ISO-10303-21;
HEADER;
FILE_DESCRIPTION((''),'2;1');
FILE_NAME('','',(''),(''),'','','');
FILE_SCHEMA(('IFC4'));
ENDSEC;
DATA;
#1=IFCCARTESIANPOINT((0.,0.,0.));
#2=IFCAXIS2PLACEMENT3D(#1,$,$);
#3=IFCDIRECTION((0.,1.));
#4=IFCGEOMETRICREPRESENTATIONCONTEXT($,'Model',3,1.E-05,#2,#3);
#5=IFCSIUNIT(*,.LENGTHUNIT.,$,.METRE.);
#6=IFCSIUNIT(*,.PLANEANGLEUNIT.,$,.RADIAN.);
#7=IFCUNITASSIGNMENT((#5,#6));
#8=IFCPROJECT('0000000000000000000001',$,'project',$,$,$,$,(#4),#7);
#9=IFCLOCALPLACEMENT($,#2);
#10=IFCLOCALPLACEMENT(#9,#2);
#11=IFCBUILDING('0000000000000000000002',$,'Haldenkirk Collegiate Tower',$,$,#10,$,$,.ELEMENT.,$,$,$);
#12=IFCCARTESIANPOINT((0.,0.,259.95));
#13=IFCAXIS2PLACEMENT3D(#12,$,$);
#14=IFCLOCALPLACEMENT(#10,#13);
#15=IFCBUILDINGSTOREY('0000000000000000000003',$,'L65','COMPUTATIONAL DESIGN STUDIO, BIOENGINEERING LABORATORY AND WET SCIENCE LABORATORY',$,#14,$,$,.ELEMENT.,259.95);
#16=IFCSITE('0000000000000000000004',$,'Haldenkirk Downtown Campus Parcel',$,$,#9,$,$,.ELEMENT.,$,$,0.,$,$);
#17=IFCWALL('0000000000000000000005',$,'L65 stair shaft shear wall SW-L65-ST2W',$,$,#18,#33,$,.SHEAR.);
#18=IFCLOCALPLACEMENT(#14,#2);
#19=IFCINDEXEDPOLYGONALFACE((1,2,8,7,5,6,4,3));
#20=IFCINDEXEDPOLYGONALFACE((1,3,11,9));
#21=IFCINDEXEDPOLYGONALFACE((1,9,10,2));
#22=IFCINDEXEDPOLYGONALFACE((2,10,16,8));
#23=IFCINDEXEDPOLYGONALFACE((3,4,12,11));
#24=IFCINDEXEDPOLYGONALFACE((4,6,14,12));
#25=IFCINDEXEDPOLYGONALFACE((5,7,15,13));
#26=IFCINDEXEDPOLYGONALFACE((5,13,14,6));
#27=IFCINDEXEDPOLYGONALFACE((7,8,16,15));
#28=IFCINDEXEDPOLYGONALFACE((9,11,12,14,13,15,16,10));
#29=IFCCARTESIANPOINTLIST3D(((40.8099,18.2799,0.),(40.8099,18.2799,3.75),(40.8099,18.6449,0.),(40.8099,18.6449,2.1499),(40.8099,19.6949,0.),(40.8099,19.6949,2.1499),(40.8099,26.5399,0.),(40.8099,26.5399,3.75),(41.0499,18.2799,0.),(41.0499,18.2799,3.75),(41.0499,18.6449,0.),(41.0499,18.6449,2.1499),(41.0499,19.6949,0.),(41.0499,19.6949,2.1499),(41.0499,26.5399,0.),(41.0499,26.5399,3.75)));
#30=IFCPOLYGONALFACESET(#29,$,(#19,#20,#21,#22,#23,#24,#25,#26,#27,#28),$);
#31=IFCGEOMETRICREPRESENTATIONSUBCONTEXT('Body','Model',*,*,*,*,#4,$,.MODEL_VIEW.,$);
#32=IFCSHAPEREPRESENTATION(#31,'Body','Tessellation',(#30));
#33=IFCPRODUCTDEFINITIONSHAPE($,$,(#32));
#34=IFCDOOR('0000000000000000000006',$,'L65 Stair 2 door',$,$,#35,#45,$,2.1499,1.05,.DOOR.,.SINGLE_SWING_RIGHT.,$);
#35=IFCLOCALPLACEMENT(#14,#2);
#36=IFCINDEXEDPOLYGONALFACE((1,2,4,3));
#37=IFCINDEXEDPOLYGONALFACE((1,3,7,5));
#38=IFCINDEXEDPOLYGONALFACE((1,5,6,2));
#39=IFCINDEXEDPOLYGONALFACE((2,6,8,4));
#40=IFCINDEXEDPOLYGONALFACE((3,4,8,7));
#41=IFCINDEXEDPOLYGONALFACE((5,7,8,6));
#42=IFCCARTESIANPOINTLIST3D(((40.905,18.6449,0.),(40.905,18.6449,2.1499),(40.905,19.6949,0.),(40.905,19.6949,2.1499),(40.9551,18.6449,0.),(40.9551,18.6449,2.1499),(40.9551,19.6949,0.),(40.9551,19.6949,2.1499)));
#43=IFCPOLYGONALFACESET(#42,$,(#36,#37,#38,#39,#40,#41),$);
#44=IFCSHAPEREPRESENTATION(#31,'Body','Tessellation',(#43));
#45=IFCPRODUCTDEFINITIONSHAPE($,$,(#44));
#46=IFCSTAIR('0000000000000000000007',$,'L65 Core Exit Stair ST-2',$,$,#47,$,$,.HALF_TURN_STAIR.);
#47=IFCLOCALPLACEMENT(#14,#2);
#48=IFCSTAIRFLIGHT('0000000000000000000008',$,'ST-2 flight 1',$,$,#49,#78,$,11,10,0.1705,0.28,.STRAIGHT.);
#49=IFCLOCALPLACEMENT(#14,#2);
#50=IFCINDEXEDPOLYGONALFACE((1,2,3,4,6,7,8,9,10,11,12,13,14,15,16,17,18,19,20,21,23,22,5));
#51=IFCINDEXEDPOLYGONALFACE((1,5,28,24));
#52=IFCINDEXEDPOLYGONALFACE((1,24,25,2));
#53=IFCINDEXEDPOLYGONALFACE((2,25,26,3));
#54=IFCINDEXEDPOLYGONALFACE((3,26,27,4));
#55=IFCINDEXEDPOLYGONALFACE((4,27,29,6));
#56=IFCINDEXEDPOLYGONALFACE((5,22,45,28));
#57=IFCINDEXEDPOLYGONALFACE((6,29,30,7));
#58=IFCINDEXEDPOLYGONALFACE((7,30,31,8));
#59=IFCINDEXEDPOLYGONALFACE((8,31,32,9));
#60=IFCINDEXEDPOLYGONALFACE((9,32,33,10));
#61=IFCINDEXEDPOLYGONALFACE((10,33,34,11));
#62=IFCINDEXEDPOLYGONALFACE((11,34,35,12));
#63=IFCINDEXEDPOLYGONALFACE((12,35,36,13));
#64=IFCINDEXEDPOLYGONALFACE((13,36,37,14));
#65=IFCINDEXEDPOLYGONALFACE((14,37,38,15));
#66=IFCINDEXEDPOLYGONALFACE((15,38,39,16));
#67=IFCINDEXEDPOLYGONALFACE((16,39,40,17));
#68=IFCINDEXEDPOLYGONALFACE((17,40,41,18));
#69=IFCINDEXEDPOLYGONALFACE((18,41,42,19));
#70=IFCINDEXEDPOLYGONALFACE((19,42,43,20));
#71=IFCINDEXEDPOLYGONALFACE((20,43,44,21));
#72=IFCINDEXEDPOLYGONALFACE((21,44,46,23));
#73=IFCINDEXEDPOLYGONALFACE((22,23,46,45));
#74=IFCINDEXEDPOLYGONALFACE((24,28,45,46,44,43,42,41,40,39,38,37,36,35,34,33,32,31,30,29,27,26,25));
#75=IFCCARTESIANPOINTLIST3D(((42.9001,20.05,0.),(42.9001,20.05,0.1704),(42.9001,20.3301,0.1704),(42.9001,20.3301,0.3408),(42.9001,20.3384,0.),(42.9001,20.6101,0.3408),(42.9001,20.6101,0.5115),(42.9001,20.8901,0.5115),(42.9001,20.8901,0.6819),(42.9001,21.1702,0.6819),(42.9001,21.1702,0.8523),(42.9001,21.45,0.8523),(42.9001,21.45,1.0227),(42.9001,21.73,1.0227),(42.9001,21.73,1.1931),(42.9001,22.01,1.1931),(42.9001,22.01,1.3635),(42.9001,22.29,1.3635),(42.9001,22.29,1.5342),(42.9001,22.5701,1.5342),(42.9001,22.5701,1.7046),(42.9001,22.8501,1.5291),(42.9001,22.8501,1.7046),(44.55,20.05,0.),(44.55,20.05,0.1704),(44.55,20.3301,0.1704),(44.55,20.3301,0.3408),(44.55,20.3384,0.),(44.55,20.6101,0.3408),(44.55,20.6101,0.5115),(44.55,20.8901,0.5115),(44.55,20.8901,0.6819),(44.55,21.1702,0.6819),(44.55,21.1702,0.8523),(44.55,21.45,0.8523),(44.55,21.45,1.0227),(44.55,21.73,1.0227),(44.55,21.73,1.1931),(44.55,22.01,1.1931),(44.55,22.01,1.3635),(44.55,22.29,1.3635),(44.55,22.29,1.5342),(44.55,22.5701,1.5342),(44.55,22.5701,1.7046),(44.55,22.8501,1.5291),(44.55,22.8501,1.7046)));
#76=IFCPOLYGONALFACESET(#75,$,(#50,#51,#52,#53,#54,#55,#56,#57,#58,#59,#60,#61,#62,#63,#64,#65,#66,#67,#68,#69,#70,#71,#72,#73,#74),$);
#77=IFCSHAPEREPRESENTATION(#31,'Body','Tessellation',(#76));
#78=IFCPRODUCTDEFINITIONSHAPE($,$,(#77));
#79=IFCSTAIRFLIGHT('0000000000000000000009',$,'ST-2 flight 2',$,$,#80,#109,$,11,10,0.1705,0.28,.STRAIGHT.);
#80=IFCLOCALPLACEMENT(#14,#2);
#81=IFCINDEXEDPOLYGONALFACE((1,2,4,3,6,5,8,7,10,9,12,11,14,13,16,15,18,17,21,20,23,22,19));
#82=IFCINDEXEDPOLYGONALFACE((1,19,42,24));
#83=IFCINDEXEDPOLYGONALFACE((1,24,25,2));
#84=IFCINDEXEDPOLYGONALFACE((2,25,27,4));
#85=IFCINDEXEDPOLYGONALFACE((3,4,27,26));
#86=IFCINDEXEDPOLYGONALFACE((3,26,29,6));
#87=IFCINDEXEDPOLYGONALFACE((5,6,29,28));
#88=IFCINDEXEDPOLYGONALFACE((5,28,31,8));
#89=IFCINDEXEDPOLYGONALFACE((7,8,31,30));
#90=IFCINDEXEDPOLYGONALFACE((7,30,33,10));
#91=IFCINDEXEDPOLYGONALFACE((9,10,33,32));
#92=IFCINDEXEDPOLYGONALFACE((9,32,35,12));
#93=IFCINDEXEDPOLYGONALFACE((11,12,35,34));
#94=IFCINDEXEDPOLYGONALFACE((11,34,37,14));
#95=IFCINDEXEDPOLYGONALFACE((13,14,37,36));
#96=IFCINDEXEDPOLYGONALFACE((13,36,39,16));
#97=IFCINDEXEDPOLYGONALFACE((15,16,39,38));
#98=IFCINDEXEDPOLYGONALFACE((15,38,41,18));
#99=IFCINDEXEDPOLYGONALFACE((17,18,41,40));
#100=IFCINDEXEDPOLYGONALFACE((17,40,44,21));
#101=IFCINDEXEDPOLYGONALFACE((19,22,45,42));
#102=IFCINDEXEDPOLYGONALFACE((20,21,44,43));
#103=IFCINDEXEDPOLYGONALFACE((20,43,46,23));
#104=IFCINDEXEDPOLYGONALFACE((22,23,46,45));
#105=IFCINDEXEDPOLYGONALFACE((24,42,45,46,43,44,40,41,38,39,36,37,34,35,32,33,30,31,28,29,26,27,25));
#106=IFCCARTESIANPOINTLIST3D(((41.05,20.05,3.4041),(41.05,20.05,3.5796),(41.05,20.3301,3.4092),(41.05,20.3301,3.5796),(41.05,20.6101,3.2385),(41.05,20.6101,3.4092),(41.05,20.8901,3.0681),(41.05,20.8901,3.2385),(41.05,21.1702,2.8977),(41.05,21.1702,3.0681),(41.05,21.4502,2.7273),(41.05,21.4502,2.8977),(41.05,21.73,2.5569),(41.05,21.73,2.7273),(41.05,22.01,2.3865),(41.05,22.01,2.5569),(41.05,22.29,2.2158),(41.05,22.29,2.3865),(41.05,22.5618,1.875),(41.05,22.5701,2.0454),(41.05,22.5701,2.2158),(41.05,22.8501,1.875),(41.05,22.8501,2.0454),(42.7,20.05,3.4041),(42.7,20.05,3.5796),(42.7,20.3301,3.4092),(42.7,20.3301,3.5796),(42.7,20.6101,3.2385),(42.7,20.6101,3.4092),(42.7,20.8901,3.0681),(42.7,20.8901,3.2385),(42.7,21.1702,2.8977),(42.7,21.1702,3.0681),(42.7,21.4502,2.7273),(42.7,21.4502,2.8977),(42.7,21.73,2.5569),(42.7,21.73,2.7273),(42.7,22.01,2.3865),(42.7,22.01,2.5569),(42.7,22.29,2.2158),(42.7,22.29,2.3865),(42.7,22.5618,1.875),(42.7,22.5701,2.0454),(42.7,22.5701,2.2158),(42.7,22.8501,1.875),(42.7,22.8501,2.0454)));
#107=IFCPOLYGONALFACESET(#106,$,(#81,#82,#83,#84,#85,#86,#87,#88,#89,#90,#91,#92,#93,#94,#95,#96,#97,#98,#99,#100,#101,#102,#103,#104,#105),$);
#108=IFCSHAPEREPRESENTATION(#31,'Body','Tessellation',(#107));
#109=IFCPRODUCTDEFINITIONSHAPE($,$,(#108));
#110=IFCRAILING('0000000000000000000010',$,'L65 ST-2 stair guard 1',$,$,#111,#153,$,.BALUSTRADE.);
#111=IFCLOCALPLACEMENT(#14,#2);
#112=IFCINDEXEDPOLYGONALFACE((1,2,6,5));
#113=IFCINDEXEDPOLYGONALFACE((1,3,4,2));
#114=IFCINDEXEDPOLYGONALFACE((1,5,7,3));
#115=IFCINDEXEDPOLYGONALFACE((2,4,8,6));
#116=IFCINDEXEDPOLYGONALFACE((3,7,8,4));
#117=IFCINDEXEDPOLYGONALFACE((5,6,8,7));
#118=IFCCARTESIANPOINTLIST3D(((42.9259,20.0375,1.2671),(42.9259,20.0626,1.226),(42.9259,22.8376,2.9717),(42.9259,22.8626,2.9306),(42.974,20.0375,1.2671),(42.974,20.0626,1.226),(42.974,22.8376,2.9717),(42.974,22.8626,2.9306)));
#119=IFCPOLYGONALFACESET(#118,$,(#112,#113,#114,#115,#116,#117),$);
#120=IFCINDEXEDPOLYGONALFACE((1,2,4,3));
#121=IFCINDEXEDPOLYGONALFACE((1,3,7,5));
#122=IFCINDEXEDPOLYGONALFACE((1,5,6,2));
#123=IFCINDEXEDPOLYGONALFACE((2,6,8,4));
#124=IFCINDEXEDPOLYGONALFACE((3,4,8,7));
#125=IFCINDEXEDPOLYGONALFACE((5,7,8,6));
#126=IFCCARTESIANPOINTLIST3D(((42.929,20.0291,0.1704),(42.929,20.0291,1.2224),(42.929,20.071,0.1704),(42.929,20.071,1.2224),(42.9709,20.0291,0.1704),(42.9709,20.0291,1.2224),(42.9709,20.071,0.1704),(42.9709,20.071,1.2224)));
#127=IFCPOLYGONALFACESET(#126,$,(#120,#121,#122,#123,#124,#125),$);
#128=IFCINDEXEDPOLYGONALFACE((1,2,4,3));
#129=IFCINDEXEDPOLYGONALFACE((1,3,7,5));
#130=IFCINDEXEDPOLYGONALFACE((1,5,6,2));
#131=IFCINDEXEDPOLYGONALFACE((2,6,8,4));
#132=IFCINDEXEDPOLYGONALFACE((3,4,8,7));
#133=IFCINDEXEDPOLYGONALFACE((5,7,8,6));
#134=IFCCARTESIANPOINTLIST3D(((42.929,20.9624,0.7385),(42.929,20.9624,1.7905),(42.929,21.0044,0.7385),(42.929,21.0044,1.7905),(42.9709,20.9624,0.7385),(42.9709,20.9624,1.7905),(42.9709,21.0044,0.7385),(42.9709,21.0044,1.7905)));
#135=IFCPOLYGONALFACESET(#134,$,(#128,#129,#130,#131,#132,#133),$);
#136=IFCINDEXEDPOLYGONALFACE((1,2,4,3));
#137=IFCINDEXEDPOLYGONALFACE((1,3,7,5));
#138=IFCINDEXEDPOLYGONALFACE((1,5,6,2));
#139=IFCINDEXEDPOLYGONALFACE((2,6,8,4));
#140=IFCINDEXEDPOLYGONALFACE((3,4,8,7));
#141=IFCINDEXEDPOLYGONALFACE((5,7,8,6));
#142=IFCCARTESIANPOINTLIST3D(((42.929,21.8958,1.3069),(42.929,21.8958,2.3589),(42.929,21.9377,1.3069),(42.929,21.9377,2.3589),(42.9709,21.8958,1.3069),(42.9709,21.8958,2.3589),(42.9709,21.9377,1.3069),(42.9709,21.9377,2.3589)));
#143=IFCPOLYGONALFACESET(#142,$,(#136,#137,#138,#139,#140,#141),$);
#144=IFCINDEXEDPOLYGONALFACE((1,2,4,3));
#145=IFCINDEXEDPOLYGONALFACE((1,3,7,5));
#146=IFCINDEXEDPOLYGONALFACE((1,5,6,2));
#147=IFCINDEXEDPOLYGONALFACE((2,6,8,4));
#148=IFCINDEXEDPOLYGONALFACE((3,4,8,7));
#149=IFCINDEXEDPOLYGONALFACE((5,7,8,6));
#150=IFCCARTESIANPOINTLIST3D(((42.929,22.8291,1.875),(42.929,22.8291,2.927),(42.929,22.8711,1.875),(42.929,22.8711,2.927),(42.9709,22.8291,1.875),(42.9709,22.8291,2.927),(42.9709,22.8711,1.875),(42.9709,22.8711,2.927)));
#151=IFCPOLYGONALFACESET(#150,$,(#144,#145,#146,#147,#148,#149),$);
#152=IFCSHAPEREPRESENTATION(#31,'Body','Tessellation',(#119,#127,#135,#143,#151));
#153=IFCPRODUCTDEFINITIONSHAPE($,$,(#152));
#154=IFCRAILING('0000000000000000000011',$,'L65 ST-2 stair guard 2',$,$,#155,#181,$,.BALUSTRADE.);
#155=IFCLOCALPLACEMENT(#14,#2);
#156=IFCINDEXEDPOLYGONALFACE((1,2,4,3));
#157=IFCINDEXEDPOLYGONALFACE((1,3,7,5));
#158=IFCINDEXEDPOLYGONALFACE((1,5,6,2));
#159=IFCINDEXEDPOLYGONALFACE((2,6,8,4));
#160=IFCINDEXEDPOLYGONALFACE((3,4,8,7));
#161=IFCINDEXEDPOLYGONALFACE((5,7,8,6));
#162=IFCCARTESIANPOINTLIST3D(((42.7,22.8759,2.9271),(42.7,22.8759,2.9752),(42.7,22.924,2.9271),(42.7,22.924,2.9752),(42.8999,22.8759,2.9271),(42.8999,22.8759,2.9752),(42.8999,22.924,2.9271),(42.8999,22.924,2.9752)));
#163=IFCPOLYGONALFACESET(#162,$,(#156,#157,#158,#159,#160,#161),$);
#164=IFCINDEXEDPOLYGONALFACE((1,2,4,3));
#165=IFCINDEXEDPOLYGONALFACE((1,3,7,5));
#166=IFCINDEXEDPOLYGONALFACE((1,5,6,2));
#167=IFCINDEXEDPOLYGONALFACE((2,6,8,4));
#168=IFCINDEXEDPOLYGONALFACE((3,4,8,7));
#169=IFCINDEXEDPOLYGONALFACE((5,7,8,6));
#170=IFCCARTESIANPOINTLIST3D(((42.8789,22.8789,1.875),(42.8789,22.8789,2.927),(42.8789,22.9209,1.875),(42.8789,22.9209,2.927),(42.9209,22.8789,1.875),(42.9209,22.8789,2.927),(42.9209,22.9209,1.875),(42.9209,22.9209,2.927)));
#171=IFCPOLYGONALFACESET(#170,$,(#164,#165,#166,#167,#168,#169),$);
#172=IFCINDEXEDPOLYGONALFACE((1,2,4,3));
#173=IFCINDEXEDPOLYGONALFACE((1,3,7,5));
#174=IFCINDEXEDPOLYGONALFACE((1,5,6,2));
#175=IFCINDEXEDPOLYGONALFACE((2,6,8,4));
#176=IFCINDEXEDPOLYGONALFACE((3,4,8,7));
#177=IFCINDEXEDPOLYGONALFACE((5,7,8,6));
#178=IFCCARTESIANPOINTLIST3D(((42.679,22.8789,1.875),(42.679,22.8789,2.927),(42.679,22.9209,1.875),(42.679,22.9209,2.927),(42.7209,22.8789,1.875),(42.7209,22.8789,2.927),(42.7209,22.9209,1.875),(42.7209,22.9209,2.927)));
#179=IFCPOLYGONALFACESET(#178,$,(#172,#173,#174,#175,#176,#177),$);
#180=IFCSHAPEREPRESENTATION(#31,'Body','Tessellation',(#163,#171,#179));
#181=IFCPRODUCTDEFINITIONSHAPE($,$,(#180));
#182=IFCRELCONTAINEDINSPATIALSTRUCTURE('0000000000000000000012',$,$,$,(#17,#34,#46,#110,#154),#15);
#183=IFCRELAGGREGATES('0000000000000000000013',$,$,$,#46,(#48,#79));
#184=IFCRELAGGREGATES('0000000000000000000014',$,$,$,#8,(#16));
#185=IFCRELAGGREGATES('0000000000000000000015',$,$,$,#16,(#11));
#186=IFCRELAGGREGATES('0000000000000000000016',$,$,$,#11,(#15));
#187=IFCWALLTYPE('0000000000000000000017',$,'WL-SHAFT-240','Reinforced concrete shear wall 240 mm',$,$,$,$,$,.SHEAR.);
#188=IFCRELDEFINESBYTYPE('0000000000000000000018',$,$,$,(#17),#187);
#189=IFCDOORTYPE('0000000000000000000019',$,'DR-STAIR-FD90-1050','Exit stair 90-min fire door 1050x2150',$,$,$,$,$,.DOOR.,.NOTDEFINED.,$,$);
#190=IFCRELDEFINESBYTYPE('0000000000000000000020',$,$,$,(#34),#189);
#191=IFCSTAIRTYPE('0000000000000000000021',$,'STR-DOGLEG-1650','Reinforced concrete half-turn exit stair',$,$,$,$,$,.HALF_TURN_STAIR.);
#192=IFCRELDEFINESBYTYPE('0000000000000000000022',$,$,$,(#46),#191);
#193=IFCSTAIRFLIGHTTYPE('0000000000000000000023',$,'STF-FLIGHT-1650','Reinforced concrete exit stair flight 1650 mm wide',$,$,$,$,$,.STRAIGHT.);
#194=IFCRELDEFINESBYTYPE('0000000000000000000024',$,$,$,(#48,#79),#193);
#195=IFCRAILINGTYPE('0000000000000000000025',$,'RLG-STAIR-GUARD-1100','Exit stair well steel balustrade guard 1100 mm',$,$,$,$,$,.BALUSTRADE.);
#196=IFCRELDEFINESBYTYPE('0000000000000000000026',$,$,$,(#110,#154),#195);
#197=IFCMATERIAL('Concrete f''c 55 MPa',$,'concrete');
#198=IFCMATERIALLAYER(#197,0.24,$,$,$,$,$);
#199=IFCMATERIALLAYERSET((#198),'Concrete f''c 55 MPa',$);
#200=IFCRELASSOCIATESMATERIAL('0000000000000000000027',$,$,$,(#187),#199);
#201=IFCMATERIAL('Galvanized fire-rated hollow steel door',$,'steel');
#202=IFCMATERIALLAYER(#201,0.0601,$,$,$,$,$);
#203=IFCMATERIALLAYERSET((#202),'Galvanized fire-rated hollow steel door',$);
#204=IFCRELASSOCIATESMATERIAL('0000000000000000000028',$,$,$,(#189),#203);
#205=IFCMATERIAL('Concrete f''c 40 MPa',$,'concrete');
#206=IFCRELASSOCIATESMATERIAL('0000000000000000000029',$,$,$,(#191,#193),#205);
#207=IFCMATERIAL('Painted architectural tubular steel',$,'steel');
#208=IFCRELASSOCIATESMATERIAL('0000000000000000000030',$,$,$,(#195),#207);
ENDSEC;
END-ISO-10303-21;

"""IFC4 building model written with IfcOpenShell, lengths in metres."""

from ifc_helpers import new_model, si_unit, direction, frame, frame_2d, origin, origin_2d, place, context, subcontext, project, spatial, polyline, rectangle, outline, extrude, material, layer, layer_set, type_object, element, fill, aggregate, save


model = new_model("IFC4")

# Units and contexts
model_context = context("Model", 3, precision=1e-05, world=origin(), true_north=direction((0.0, 1.0)))
body_context = subcontext(model_context, "Body", "Model", "MODEL_VIEW")
ifc_project = project(units=[si_unit("LENGTHUNIT", "METRE"), si_unit("PLANEANGLEUNIT", "RADIAN")], contexts=[model_context])

# Site, building, storey
site_placement = place(None, origin())
site = spatial("IfcSite", under=ifc_project, at=site_placement, Name="Haldenkirk Downtown Campus Parcel", CompositionType="ELEMENT", RefElevation=0.0)
building_placement = place(site_placement, origin())
building = spatial("IfcBuilding", under=site, at=building_placement, Name="Haldenkirk Collegiate Tower", CompositionType="ELEMENT")
storey_placement = place(building_placement, frame((0.0, 0.0, 259.95)))
storey = spatial("IfcBuildingStorey", under=building, at=storey_placement, Name="L65", Description="COMPUTATIONAL DESIGN STUDIO, BIOENGINEERING LABORATORY AND WET SCIENCE LABORATORY", CompositionType="ELEMENT", Elevation=259.95)

# Wall, opening, door
ifc_material_1 = material(Name="Concrete f'c 55 MPa", Category="concrete")
ifc_layer_1 = layer(ifc_material_1, 0.24)
ifc_layer_set_1 = layer_set([ifc_layer_1], Name="Concrete f'c 55 MPa")
wall_type_1 = type_object("IfcWallType", Name="WL-SHAFT-240", Description="Reinforced concrete shear wall 240 mm", PredefinedType="SHEAR", material=ifc_layer_set_1)
wall_1_placement = place(storey_placement, frame((40.9299, 18.28, 0.0), z_axis=(0.0, 0.0, 1.0), x_axis=(0.0, 1.0, 0.0)))
wall_1 = element("IfcWall", 1, at=wall_1_placement, inside=storey, type_object=wall_type_1, Name="L65 stair shaft shear wall SW-L65-ST2W", PredefinedType="SHEAR", context=body_context, shape_type="SweptSolid", body=[
    extrude(rectangle(XDim=8.26, YDim=0.24, at=frame_2d((4.1299, 0.0))), origin(), (0.0, 0.0, 1.0), 3.75),
])
opening_1_placement = place(wall_1_placement, frame((0.365, 0.0, 0.0)))
opening_1 = element("IfcOpeningElement", 2, at=opening_1_placement, cuts=wall_1, PredefinedType="OPENING", context=body_context, shape_type="SweptSolid", body=[
    extrude(rectangle(XDim=1.05, YDim=2.1499, at=frame_2d((0.5249, 1.075))), frame((0.0, 0.1299, 0.0), z_axis=(0.0, -1.0, 0.0), x_axis=(1.0, 0.0, 0.0)), (0.0, 0.0, 1.0), 0.26),
])
ifc_material_2 = material(Name="Galvanized fire-rated hollow steel door", Category="steel")
ifc_layer_2 = layer(ifc_material_2, 0.0601)
ifc_layer_set_2 = layer_set([ifc_layer_2], Name="Galvanized fire-rated hollow steel door")
door_type_1 = type_object("IfcDoorType", Name="DR-STAIR-FD90-1050", Description="Exit stair 90-min fire door 1050x2150", OperationType="NOTDEFINED", PredefinedType="DOOR", material=ifc_layer_set_2)
door_1_placement = place(opening_1_placement, origin())
door_1 = element("IfcDoor", 3, at=door_1_placement, inside=storey, type_object=door_type_1, Name="L65 Stair 2 door", OperationType="SINGLE_SWING_RIGHT", OverallHeight=2.1499, OverallWidth=1.05, PredefinedType="DOOR", context=body_context, shape_type="SweptSolid", body=[
    extrude(rectangle(XDim=1.05, YDim=2.1499, at=frame_2d((0.5249, 1.075))), frame((0.0, 0.0249, 0.0), z_axis=(0.0, -1.0, 0.0), x_axis=(1.0, 0.0, 0.0)), (0.0, 0.0, 1.0), 0.05),
])
fill(opening_1, door_1)

# Stair, stair flights
ifc_material_3 = material(Name="Concrete f'c 40 MPa", Category="concrete")
stair_type = type_object("IfcStairType", Name="STR-DOGLEG-1650", Description="Reinforced concrete half-turn exit stair", PredefinedType="HALF_TURN_STAIR", material=ifc_material_3)
stair_placement = place(storey_placement, origin())
stair = element("IfcStair", 4, at=stair_placement, inside=storey, type_object=stair_type, Name="L65 Core Exit Stair ST-2", PredefinedType="HALF_TURN_STAIR")
stair_flight_type = type_object("IfcStairFlightType", Name="STF-FLIGHT-1650", Description="Reinforced concrete exit stair flight 1650 mm wide", PredefinedType="STRAIGHT", material=ifc_material_3)
stair_flight_1_placement = place(storey_placement, frame((43.7251, 20.05, 0.0), z_axis=(0.0, 0.0, 1.0), x_axis=(0.0, 1.0, 0.0)))
stair_flight_1 = element("IfcStairFlight", 5, at=stair_flight_1_placement, type_object=stair_flight_type, Name="ST-2 flight 1", NumberOfRisers=11, NumberOfTreads=10, PredefinedType="STRAIGHT", RiserHeight=0.1705, TreadLength=0.28, context=body_context, shape_type="SweptSolid", body=[
    extrude(outline(polyline([(0.0, 0.0), (0.0, 0.1704), (0.28, 0.1704), (0.28, 0.3408), (0.5601, 0.3408), (0.5601, 0.5115), (0.8401, 0.5115), (0.8401, 0.6819), (1.1201, 0.6819), (1.1201, 0.8523), (1.3999, 0.8523), (1.3999, 1.0227), (1.6799, 1.0227), (1.6799, 1.1931), (1.96, 1.1931), (1.96, 1.3635), (2.24, 1.3635), (2.24, 1.5342), (2.52, 1.5342), (2.52, 1.7046), (2.8, 1.7046), (2.8, 1.875), (2.8, 1.5291), (0.2883, 0.0), (0.0, 0.0)])), frame((0.0, 0.825, 0.0), z_axis=(0.0, -1.0, 0.0), x_axis=(1.0, 0.0, 0.0)), (0.0, 0.0, 1.0), 1.6499),
])
stair_flight_2_placement = place(storey_placement, frame((41.875, 22.8501, 1.875), z_axis=(0.0, 0.0, 1.0), x_axis=(0.0, -1.0, 0.0)))
stair_flight_2 = element("IfcStairFlight", 6, at=stair_flight_2_placement, type_object=stair_flight_type, Name="ST-2 flight 2", NumberOfRisers=11, NumberOfTreads=10, PredefinedType="STRAIGHT", RiserHeight=0.1705, TreadLength=0.28, context=body_context, shape_type="SweptSolid", body=[
    extrude(outline(polyline([(0.0, 0.0), (0.0, 0.1704), (0.28, 0.1704), (0.28, 0.3408), (0.5601, 0.3408), (0.5601, 0.5115), (0.8401, 0.5115), (0.8401, 0.6819), (1.1201, 0.6819), (1.1201, 0.8523), (1.3999, 0.8523), (1.3999, 1.0227), (1.6799, 1.0227), (1.6799, 1.1931), (1.96, 1.1931), (1.96, 1.3635), (2.24, 1.3635), (2.24, 1.5342), (2.52, 1.5342), (2.52, 1.7046), (2.8, 1.7046), (2.8, 1.875), (2.8, 1.5291), (0.2883, 0.0), (0.0, 0.0)])), frame((0.0, 0.825, 0.0), z_axis=(0.0, -1.0, 0.0), x_axis=(1.0, 0.0, 0.0)), (0.0, 0.0, 1.0), 1.6499),
])
aggregate(stair, [stair_flight_1, stair_flight_2])

# Railings
ifc_material_4 = material(Name="Painted architectural tubular steel", Category="steel")
railing_type_1 = type_object("IfcRailingType", Name="RLG-STAIR-GUARD-1100", Description="Exit stair well steel balustrade guard 1100 mm", PredefinedType="BALUSTRADE", material=ifc_material_4)
railing_1_placement = place(storey_placement, frame((42.95, 20.05, 0.1704)))
element("IfcRailing", 7, at=railing_1_placement, inside=storey, type_object=railing_type_1, Name="L65 ST-2 stair guard 1", PredefinedType="BALUSTRADE", context=body_context, shape_type="SweptSolid", body=[
    extrude(rectangle(XDim=0.0481, YDim=0.0481, at=origin_2d()), frame((0.0, 0.0, 1.0762), z_axis=(0.0, 0.85417, 0.519994), x_axis=(-1.0, 0.0, 0.0)), (0.0, 0.0, 1.0), 3.2781),
    extrude(rectangle(XDim=0.042, YDim=0.042, at=origin_2d()), origin(), (0.0, 0.0, 1.0), 1.052),
    extrude(rectangle(XDim=0.042, YDim=0.042, at=origin_2d()), frame((0.0, 0.9333, 0.5681)), (0.0, 0.0, 1.0), 1.052),
    extrude(rectangle(XDim=0.042, YDim=0.042, at=origin_2d()), frame((0.0, 1.8667, 1.1365)), (0.0, 0.0, 1.0), 1.052),
    extrude(rectangle(XDim=0.042, YDim=0.042, at=origin_2d()), frame((0.0, 2.8, 1.7046)), (0.0, 0.0, 1.0), 1.052),
])
railing_2_placement = place(storey_placement, frame((42.8999, 22.8999, 1.875)))
element("IfcRailing", 8, at=railing_2_placement, inside=storey, type_object=railing_type_1, Name="L65 ST-2 stair guard 2", PredefinedType="BALUSTRADE", context=body_context, shape_type="SweptSolid", body=[
    extrude(rectangle(XDim=0.0481, YDim=0.0481, at=origin_2d()), frame((0.0, 0.0, 1.0762), z_axis=(-1.0, 0.0, 0.0), x_axis=(0.0, -1.0, 0.0)), (0.0, 0.0, 1.0), 0.2),
    extrude(rectangle(XDim=0.042, YDim=0.042, at=origin_2d()), origin(), (0.0, 0.0, 1.0), 1.052),
    extrude(rectangle(XDim=0.042, YDim=0.042, at=origin_2d()), frame((-0.2, 0.0, 0.0)), (0.0, 0.0, 1.0), 1.052),
])

save(model, "model.ifc")
